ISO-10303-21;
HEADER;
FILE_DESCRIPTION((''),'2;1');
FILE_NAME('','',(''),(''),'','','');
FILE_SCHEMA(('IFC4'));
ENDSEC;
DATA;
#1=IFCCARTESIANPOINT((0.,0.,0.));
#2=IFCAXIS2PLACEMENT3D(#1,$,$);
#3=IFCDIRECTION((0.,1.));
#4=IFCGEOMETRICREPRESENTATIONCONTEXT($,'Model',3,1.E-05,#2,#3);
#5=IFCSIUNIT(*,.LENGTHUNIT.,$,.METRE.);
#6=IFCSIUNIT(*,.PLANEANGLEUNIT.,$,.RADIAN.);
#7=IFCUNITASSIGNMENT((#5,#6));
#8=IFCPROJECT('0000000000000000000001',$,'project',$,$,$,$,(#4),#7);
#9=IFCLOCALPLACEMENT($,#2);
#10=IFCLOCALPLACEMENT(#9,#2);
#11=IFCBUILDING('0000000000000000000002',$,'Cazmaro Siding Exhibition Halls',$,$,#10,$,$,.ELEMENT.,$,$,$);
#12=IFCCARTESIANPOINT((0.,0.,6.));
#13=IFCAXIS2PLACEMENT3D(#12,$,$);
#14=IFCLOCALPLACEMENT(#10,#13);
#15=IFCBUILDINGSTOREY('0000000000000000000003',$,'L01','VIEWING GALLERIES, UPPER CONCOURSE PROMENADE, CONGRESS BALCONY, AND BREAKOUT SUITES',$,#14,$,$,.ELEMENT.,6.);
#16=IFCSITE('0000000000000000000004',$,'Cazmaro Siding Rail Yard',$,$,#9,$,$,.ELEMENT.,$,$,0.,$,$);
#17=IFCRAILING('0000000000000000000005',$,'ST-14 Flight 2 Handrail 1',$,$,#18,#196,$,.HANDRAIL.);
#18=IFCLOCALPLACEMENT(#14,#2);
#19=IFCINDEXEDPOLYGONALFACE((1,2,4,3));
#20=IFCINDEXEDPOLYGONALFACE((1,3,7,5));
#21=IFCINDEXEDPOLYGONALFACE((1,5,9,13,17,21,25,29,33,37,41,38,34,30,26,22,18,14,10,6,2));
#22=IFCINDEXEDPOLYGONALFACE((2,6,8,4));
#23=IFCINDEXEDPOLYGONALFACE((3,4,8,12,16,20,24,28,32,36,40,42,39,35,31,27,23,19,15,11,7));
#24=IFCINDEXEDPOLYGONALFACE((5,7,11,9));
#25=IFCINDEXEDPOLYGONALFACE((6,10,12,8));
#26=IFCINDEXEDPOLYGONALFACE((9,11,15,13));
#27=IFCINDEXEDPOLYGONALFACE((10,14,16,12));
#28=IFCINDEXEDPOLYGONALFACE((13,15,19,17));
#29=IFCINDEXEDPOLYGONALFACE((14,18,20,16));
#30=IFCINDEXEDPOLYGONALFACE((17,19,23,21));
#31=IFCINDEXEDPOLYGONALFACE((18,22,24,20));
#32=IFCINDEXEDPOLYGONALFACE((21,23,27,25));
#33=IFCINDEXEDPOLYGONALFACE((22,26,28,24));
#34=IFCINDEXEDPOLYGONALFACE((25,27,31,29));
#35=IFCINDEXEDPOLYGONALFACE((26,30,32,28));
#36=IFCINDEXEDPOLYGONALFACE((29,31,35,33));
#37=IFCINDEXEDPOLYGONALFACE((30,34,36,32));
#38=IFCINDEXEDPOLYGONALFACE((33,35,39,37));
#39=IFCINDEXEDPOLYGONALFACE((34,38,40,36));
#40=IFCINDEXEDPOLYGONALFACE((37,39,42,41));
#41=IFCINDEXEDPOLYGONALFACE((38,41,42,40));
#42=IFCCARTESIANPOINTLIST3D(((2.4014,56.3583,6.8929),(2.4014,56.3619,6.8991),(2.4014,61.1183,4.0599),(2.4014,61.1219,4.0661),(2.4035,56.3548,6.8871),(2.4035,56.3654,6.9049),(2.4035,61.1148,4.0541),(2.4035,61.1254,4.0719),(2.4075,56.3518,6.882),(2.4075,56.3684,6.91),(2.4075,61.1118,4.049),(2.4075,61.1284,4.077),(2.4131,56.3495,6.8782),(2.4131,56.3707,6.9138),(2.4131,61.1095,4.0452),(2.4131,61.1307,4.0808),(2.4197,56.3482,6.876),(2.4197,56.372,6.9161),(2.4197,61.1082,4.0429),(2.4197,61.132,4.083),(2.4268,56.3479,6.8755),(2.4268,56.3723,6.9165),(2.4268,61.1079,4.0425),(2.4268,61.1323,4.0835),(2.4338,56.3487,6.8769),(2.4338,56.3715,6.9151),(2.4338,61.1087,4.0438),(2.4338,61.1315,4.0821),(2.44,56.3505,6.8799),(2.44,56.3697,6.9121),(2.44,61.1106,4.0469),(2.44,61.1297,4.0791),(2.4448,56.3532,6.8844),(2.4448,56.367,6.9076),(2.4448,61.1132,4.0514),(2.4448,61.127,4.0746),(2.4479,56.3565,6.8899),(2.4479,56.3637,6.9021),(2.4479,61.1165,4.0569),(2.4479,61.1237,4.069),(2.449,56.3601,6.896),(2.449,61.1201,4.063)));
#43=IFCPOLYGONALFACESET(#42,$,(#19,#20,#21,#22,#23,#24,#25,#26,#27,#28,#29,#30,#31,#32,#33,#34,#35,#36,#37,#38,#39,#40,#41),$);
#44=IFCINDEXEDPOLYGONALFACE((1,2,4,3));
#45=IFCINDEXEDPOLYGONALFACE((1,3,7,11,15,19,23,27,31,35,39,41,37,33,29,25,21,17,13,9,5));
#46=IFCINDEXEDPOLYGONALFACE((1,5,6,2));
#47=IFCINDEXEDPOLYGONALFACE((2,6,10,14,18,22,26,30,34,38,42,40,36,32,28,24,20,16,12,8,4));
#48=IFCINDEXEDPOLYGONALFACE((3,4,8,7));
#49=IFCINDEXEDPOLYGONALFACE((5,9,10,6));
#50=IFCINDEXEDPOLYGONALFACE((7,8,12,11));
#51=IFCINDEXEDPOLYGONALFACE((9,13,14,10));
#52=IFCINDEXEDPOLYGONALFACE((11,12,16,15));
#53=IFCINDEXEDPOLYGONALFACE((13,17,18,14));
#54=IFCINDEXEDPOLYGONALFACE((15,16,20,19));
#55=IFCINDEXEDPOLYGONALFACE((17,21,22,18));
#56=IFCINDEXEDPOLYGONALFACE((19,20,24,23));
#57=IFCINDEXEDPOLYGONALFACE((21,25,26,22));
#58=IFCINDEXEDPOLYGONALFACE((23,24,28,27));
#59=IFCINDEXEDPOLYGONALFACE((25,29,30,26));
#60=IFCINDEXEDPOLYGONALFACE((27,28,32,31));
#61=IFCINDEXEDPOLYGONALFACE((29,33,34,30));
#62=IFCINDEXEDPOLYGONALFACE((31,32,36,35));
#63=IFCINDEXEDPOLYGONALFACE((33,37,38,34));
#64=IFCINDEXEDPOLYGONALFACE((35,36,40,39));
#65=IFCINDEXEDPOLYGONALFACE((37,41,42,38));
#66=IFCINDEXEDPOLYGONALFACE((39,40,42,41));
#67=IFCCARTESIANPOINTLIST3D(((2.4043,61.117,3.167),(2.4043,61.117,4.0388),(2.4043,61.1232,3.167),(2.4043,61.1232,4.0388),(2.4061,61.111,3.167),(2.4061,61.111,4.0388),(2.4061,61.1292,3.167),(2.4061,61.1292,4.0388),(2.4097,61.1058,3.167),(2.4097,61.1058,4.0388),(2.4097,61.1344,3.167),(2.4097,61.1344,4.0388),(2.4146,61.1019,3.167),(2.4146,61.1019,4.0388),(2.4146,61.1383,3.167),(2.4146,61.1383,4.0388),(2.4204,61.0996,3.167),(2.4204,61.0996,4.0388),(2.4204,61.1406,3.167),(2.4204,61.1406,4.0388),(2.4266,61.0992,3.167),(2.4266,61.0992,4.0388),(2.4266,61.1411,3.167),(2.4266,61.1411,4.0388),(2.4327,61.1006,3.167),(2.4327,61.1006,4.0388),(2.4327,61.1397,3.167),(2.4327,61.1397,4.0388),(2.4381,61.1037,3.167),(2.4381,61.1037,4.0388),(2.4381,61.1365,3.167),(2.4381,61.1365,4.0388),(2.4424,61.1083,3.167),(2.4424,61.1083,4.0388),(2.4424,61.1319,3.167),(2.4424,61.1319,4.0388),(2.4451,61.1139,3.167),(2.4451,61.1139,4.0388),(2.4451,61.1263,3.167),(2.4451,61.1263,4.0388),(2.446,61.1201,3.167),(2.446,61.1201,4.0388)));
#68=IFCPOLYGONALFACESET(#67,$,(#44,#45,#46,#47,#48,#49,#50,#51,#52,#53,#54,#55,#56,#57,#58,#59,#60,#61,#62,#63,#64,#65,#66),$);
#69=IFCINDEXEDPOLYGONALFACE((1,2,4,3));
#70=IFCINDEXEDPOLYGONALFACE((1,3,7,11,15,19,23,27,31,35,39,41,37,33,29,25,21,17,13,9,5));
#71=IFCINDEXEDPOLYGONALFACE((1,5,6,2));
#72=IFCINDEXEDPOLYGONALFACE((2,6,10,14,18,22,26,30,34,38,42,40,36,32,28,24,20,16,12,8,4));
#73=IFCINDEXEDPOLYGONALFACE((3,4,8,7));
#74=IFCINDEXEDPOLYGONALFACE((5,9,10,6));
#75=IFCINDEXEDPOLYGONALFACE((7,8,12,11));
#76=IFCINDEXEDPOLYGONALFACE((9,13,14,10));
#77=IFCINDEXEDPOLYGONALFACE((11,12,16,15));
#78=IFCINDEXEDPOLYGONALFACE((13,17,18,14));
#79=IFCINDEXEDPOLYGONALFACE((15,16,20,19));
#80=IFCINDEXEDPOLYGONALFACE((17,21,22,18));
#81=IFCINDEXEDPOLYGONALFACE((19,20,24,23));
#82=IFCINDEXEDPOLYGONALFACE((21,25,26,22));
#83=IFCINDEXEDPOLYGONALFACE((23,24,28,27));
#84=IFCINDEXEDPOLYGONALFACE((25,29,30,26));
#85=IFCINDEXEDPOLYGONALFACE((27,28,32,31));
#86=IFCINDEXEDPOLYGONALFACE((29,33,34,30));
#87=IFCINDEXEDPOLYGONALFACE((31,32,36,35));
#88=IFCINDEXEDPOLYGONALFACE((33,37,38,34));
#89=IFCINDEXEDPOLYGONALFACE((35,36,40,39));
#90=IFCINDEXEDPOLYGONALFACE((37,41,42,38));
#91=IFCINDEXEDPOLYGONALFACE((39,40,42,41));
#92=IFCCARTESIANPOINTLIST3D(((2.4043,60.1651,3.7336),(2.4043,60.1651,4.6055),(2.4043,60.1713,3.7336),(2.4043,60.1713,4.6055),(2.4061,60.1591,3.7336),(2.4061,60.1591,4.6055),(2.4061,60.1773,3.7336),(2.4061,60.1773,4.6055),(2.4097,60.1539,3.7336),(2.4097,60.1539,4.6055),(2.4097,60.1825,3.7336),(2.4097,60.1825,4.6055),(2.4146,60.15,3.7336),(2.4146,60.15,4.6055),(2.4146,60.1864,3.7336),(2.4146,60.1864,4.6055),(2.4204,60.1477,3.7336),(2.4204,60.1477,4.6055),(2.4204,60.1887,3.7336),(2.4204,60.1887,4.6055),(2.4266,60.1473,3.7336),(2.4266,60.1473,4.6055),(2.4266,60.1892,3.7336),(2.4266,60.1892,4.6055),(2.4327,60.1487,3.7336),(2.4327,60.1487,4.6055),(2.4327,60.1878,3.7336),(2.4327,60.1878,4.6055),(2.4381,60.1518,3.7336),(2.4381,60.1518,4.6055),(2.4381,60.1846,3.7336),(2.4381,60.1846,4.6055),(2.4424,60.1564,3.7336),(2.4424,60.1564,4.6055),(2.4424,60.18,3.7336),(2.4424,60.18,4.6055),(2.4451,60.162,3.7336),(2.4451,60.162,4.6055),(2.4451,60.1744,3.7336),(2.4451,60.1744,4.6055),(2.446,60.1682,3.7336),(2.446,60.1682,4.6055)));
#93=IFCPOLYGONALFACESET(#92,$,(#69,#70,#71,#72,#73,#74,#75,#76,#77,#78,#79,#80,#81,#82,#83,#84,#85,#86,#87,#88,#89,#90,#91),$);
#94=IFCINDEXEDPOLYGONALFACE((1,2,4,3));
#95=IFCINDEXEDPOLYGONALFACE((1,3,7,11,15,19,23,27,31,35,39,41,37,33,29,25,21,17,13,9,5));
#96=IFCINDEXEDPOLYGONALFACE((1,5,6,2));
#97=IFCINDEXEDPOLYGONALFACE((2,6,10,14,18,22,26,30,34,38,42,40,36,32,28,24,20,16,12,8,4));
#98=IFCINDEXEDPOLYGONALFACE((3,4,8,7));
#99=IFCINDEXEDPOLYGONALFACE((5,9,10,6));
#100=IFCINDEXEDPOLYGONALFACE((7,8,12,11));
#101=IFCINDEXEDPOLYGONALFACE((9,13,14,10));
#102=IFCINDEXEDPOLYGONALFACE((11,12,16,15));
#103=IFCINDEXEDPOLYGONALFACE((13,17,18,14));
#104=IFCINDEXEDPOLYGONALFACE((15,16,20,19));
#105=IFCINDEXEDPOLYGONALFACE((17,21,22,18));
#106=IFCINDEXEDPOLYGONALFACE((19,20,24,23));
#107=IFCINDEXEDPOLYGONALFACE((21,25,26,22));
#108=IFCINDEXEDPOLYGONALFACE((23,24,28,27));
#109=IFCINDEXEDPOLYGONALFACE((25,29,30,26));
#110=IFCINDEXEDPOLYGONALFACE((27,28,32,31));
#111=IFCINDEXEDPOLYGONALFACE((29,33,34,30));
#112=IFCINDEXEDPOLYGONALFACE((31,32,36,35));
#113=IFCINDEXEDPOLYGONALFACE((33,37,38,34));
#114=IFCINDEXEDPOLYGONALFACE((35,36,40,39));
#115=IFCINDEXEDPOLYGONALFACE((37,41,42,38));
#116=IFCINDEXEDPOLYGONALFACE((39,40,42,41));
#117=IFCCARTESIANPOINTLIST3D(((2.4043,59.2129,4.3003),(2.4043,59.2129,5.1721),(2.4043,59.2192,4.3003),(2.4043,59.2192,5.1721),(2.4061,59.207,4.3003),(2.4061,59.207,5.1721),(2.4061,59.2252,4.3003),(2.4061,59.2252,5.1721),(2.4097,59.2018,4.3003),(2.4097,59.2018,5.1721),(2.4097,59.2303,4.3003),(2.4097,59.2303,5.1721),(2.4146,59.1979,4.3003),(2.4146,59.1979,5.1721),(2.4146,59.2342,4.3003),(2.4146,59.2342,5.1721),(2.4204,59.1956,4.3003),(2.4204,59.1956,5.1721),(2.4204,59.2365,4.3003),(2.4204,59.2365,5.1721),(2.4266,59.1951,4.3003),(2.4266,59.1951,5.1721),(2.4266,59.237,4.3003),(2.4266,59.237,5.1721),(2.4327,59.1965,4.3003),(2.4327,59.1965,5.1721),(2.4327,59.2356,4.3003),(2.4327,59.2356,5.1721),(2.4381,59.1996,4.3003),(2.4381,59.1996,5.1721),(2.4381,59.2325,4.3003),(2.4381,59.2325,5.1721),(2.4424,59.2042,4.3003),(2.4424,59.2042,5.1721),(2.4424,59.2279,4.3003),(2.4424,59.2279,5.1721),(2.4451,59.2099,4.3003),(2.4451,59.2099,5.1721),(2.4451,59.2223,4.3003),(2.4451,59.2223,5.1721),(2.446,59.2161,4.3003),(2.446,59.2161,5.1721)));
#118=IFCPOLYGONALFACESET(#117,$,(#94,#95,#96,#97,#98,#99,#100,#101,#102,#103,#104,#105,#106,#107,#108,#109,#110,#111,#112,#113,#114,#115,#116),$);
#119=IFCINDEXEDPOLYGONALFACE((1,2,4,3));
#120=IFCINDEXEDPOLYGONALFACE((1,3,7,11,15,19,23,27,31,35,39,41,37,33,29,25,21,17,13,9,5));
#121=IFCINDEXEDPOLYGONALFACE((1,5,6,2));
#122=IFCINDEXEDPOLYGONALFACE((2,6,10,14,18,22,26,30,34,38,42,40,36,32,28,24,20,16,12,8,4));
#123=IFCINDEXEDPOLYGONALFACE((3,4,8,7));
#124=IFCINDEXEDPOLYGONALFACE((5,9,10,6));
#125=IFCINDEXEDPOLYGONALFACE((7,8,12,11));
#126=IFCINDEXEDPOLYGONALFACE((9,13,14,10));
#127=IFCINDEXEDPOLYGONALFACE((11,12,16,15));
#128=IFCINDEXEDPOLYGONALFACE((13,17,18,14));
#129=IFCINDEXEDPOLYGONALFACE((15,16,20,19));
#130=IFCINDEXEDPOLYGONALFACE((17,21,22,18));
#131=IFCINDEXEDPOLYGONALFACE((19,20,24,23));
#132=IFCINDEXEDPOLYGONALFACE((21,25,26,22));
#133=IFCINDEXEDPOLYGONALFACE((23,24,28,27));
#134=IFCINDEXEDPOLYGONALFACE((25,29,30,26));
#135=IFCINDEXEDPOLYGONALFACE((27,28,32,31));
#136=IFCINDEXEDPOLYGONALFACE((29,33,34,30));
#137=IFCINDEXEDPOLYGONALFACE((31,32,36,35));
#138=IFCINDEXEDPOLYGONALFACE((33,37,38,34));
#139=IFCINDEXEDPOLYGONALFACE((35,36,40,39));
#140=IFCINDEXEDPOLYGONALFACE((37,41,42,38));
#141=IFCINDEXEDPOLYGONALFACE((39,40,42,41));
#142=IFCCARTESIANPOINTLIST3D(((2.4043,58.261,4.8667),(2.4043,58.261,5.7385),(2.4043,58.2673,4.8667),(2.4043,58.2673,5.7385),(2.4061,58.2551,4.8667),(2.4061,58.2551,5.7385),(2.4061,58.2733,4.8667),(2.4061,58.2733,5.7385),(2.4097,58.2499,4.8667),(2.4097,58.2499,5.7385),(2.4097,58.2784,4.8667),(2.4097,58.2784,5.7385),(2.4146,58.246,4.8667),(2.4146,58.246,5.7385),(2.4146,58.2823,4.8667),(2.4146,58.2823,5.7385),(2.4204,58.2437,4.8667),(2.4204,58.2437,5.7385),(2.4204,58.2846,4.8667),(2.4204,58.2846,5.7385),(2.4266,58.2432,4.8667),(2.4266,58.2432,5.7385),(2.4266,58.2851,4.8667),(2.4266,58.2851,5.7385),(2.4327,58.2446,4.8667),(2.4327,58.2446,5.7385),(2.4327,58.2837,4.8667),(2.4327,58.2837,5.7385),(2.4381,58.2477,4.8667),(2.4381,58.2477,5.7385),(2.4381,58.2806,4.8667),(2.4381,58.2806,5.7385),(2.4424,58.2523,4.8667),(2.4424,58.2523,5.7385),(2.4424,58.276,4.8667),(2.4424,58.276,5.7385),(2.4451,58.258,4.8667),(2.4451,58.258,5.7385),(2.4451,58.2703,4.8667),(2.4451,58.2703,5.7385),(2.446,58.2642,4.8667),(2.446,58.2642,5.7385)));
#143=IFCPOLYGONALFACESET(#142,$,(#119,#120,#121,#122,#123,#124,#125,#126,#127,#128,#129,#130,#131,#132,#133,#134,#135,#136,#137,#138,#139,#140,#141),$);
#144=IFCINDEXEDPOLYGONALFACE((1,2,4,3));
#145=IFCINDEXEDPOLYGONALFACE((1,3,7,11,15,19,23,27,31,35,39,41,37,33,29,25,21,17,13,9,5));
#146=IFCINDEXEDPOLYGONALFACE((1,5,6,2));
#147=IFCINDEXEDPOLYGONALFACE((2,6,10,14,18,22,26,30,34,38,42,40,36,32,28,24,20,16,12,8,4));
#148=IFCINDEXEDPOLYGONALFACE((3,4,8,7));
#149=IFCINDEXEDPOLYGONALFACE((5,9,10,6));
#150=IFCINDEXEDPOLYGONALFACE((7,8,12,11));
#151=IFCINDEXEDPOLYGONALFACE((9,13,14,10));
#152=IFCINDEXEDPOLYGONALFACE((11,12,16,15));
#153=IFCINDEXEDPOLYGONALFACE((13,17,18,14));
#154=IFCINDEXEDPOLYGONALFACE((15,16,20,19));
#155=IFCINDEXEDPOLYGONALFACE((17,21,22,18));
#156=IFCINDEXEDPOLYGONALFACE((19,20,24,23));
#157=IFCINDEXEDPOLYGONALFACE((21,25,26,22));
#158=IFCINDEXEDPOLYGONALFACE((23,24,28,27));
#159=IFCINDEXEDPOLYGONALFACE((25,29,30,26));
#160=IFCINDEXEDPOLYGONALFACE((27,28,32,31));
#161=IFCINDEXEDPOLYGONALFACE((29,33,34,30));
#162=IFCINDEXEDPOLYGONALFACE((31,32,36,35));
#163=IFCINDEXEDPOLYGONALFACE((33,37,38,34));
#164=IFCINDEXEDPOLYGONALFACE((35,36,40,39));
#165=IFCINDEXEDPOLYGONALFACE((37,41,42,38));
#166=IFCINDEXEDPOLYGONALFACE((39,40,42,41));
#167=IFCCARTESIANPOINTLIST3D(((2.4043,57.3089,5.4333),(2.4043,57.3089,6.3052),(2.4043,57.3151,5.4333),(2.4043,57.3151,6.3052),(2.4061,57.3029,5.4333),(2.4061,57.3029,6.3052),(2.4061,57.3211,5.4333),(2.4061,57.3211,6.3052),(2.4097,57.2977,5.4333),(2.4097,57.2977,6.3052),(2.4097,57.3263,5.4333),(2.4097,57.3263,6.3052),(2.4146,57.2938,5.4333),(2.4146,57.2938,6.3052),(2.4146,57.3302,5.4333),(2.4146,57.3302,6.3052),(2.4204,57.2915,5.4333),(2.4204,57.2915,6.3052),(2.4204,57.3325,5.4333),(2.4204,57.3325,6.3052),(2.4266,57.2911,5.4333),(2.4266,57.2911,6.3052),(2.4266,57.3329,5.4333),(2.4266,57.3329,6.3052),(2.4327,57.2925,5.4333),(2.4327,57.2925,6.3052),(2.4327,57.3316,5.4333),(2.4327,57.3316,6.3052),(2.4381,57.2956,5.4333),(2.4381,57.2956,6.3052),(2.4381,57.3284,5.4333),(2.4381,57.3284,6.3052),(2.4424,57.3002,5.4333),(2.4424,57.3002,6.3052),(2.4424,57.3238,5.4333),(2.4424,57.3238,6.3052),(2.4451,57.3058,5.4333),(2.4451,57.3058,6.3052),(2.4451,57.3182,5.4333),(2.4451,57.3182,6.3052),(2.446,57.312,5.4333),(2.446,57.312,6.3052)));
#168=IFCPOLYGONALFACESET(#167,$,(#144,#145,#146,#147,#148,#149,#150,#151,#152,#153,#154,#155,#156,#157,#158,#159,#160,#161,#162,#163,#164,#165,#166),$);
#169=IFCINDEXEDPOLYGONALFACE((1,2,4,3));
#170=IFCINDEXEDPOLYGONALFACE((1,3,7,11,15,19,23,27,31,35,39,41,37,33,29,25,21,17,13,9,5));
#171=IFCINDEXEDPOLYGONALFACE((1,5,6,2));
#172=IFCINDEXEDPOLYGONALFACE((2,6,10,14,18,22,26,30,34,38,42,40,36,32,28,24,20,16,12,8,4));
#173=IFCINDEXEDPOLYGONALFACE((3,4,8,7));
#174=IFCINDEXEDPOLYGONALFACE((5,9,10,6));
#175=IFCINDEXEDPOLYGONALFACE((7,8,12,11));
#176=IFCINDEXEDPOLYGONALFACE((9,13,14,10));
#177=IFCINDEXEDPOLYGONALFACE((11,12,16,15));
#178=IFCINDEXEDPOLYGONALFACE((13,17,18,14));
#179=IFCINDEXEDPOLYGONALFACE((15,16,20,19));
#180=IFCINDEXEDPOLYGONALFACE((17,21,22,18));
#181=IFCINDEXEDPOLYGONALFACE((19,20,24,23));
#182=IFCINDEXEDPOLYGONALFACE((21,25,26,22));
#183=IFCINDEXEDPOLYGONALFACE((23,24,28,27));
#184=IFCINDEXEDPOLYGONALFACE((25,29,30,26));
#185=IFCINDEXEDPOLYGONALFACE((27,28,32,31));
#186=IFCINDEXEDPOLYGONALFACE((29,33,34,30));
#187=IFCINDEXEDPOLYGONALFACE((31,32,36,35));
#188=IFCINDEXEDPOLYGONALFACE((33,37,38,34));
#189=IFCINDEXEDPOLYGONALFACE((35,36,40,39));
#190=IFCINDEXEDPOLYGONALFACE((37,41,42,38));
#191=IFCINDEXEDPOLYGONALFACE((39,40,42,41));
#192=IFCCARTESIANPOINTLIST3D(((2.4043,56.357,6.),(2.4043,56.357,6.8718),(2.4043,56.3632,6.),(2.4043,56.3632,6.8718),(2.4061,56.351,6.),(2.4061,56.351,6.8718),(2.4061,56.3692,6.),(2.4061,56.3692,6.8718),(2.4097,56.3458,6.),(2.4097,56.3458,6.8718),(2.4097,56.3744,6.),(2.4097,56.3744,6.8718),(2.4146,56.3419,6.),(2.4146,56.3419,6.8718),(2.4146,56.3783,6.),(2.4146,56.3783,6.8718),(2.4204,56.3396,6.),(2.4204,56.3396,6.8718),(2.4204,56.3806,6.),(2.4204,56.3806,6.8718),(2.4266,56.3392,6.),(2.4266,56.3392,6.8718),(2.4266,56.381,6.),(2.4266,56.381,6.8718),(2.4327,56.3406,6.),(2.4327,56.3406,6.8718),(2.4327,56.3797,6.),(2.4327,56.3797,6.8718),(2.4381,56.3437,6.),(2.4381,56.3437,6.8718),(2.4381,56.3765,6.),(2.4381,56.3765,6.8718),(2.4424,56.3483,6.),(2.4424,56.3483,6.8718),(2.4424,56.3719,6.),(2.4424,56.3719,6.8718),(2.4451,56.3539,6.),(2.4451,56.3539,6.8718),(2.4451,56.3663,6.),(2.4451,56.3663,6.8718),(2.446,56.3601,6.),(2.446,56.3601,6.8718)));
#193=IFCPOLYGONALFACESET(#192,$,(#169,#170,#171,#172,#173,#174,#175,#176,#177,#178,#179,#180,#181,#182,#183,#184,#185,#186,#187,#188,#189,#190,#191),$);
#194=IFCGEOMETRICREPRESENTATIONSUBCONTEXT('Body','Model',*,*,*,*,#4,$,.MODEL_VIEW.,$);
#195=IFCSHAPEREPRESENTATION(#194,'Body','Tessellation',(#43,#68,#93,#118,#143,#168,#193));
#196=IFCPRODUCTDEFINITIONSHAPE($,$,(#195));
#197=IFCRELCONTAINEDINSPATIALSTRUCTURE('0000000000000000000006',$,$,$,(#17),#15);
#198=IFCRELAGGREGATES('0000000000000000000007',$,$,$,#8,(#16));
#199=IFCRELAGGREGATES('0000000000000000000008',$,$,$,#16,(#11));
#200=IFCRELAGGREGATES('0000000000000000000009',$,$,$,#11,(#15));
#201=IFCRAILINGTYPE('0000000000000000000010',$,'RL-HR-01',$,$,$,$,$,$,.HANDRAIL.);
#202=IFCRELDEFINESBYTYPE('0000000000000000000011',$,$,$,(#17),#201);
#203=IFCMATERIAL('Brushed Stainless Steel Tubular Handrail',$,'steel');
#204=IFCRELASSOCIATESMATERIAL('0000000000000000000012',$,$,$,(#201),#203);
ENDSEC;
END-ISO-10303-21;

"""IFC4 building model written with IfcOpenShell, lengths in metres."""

from ifc_helpers import new_model, si_unit, direction, frame, origin, origin_2d, place, context, subcontext, project, spatial, circle, extrude, material, type_object, element, save


model = new_model("IFC4")

# Units and contexts
model_context = context("Model", 3, precision=1e-05, world=origin(), true_north=direction((0.0, 1.0)))
body_context = subcontext(model_context, "Body", "Model", "MODEL_VIEW")
ifc_project = project(units=[si_unit("LENGTHUNIT", "METRE"), si_unit("PLANEANGLEUNIT", "RADIAN")], contexts=[model_context])

# Site, building, storey
site_placement = place(None, origin())
site = spatial("IfcSite", under=ifc_project, at=site_placement, Name="Cazmaro Siding Rail Yard", CompositionType="ELEMENT", RefElevation=0.0)
building_placement = place(site_placement, origin())
building = spatial("IfcBuilding", under=site, at=building_placement, Name="Cazmaro Siding Exhibition Halls", CompositionType="ELEMENT")
storey_placement = place(building_placement, frame((0.0, 0.0, 6.0)))
storey = spatial("IfcBuildingStorey", under=building, at=storey_placement, Name="L01", Description="VIEWING GALLERIES, UPPER CONCOURSE PROMENADE, CONGRESS BALCONY, AND BREAKOUT SUITES", CompositionType="ELEMENT", Elevation=6.0)

# Railing
ifc_material_1 = material(Name="Brushed Stainless Steel Tubular Handrail", Category="steel")
railing_type_1 = type_object("IfcRailingType", Name="RL-HR-01", PredefinedType="HANDRAIL", material=ifc_material_1)
railing_1_placement = place(storey_placement, frame((2.425, 61.1201, 3.167)))
element("IfcRailing", 1, at=railing_1_placement, inside=storey, type_object=railing_type_1, Name="ST-14 Flight 2 Handrail 1", PredefinedType="HANDRAIL", context=body_context, shape_type="SweptSolid", body=[
    extrude(circle(Radius=0.0239, at=origin_2d()), frame((0.0, 0.0, 0.896), z_axis=(0.0, -0.859319, 0.51144), x_axis=(1.0, 0.0, 0.0)), (0.0, 0.0, 1.0), 5.5393),
    extrude(circle(Radius=0.021, at=origin_2d()), origin(), (0.0, 0.0, 1.0), 0.8718),
    extrude(circle(Radius=0.021, at=origin_2d()), frame((0.0, -0.9519, 0.5667)), (0.0, 0.0, 1.0), 0.8718),
    extrude(circle(Radius=0.021, at=origin_2d()), frame((0.0, -1.9041, 1.1333)), (0.0, 0.0, 1.0), 0.8718),
    extrude(circle(Radius=0.021, at=origin_2d()), frame((0.0, -2.856, 1.6997)), (0.0, 0.0, 1.0), 0.8718),
    extrude(circle(Radius=0.021, at=origin_2d()), frame((0.0, -3.8081, 2.2664)), (0.0, 0.0, 1.0), 0.8718),
    extrude(circle(Radius=0.021, at=origin_2d()), frame((0.0, -4.76, 2.833)), (0.0, 0.0, 1.0), 0.8718),
])

save(model, "model.ifc")
